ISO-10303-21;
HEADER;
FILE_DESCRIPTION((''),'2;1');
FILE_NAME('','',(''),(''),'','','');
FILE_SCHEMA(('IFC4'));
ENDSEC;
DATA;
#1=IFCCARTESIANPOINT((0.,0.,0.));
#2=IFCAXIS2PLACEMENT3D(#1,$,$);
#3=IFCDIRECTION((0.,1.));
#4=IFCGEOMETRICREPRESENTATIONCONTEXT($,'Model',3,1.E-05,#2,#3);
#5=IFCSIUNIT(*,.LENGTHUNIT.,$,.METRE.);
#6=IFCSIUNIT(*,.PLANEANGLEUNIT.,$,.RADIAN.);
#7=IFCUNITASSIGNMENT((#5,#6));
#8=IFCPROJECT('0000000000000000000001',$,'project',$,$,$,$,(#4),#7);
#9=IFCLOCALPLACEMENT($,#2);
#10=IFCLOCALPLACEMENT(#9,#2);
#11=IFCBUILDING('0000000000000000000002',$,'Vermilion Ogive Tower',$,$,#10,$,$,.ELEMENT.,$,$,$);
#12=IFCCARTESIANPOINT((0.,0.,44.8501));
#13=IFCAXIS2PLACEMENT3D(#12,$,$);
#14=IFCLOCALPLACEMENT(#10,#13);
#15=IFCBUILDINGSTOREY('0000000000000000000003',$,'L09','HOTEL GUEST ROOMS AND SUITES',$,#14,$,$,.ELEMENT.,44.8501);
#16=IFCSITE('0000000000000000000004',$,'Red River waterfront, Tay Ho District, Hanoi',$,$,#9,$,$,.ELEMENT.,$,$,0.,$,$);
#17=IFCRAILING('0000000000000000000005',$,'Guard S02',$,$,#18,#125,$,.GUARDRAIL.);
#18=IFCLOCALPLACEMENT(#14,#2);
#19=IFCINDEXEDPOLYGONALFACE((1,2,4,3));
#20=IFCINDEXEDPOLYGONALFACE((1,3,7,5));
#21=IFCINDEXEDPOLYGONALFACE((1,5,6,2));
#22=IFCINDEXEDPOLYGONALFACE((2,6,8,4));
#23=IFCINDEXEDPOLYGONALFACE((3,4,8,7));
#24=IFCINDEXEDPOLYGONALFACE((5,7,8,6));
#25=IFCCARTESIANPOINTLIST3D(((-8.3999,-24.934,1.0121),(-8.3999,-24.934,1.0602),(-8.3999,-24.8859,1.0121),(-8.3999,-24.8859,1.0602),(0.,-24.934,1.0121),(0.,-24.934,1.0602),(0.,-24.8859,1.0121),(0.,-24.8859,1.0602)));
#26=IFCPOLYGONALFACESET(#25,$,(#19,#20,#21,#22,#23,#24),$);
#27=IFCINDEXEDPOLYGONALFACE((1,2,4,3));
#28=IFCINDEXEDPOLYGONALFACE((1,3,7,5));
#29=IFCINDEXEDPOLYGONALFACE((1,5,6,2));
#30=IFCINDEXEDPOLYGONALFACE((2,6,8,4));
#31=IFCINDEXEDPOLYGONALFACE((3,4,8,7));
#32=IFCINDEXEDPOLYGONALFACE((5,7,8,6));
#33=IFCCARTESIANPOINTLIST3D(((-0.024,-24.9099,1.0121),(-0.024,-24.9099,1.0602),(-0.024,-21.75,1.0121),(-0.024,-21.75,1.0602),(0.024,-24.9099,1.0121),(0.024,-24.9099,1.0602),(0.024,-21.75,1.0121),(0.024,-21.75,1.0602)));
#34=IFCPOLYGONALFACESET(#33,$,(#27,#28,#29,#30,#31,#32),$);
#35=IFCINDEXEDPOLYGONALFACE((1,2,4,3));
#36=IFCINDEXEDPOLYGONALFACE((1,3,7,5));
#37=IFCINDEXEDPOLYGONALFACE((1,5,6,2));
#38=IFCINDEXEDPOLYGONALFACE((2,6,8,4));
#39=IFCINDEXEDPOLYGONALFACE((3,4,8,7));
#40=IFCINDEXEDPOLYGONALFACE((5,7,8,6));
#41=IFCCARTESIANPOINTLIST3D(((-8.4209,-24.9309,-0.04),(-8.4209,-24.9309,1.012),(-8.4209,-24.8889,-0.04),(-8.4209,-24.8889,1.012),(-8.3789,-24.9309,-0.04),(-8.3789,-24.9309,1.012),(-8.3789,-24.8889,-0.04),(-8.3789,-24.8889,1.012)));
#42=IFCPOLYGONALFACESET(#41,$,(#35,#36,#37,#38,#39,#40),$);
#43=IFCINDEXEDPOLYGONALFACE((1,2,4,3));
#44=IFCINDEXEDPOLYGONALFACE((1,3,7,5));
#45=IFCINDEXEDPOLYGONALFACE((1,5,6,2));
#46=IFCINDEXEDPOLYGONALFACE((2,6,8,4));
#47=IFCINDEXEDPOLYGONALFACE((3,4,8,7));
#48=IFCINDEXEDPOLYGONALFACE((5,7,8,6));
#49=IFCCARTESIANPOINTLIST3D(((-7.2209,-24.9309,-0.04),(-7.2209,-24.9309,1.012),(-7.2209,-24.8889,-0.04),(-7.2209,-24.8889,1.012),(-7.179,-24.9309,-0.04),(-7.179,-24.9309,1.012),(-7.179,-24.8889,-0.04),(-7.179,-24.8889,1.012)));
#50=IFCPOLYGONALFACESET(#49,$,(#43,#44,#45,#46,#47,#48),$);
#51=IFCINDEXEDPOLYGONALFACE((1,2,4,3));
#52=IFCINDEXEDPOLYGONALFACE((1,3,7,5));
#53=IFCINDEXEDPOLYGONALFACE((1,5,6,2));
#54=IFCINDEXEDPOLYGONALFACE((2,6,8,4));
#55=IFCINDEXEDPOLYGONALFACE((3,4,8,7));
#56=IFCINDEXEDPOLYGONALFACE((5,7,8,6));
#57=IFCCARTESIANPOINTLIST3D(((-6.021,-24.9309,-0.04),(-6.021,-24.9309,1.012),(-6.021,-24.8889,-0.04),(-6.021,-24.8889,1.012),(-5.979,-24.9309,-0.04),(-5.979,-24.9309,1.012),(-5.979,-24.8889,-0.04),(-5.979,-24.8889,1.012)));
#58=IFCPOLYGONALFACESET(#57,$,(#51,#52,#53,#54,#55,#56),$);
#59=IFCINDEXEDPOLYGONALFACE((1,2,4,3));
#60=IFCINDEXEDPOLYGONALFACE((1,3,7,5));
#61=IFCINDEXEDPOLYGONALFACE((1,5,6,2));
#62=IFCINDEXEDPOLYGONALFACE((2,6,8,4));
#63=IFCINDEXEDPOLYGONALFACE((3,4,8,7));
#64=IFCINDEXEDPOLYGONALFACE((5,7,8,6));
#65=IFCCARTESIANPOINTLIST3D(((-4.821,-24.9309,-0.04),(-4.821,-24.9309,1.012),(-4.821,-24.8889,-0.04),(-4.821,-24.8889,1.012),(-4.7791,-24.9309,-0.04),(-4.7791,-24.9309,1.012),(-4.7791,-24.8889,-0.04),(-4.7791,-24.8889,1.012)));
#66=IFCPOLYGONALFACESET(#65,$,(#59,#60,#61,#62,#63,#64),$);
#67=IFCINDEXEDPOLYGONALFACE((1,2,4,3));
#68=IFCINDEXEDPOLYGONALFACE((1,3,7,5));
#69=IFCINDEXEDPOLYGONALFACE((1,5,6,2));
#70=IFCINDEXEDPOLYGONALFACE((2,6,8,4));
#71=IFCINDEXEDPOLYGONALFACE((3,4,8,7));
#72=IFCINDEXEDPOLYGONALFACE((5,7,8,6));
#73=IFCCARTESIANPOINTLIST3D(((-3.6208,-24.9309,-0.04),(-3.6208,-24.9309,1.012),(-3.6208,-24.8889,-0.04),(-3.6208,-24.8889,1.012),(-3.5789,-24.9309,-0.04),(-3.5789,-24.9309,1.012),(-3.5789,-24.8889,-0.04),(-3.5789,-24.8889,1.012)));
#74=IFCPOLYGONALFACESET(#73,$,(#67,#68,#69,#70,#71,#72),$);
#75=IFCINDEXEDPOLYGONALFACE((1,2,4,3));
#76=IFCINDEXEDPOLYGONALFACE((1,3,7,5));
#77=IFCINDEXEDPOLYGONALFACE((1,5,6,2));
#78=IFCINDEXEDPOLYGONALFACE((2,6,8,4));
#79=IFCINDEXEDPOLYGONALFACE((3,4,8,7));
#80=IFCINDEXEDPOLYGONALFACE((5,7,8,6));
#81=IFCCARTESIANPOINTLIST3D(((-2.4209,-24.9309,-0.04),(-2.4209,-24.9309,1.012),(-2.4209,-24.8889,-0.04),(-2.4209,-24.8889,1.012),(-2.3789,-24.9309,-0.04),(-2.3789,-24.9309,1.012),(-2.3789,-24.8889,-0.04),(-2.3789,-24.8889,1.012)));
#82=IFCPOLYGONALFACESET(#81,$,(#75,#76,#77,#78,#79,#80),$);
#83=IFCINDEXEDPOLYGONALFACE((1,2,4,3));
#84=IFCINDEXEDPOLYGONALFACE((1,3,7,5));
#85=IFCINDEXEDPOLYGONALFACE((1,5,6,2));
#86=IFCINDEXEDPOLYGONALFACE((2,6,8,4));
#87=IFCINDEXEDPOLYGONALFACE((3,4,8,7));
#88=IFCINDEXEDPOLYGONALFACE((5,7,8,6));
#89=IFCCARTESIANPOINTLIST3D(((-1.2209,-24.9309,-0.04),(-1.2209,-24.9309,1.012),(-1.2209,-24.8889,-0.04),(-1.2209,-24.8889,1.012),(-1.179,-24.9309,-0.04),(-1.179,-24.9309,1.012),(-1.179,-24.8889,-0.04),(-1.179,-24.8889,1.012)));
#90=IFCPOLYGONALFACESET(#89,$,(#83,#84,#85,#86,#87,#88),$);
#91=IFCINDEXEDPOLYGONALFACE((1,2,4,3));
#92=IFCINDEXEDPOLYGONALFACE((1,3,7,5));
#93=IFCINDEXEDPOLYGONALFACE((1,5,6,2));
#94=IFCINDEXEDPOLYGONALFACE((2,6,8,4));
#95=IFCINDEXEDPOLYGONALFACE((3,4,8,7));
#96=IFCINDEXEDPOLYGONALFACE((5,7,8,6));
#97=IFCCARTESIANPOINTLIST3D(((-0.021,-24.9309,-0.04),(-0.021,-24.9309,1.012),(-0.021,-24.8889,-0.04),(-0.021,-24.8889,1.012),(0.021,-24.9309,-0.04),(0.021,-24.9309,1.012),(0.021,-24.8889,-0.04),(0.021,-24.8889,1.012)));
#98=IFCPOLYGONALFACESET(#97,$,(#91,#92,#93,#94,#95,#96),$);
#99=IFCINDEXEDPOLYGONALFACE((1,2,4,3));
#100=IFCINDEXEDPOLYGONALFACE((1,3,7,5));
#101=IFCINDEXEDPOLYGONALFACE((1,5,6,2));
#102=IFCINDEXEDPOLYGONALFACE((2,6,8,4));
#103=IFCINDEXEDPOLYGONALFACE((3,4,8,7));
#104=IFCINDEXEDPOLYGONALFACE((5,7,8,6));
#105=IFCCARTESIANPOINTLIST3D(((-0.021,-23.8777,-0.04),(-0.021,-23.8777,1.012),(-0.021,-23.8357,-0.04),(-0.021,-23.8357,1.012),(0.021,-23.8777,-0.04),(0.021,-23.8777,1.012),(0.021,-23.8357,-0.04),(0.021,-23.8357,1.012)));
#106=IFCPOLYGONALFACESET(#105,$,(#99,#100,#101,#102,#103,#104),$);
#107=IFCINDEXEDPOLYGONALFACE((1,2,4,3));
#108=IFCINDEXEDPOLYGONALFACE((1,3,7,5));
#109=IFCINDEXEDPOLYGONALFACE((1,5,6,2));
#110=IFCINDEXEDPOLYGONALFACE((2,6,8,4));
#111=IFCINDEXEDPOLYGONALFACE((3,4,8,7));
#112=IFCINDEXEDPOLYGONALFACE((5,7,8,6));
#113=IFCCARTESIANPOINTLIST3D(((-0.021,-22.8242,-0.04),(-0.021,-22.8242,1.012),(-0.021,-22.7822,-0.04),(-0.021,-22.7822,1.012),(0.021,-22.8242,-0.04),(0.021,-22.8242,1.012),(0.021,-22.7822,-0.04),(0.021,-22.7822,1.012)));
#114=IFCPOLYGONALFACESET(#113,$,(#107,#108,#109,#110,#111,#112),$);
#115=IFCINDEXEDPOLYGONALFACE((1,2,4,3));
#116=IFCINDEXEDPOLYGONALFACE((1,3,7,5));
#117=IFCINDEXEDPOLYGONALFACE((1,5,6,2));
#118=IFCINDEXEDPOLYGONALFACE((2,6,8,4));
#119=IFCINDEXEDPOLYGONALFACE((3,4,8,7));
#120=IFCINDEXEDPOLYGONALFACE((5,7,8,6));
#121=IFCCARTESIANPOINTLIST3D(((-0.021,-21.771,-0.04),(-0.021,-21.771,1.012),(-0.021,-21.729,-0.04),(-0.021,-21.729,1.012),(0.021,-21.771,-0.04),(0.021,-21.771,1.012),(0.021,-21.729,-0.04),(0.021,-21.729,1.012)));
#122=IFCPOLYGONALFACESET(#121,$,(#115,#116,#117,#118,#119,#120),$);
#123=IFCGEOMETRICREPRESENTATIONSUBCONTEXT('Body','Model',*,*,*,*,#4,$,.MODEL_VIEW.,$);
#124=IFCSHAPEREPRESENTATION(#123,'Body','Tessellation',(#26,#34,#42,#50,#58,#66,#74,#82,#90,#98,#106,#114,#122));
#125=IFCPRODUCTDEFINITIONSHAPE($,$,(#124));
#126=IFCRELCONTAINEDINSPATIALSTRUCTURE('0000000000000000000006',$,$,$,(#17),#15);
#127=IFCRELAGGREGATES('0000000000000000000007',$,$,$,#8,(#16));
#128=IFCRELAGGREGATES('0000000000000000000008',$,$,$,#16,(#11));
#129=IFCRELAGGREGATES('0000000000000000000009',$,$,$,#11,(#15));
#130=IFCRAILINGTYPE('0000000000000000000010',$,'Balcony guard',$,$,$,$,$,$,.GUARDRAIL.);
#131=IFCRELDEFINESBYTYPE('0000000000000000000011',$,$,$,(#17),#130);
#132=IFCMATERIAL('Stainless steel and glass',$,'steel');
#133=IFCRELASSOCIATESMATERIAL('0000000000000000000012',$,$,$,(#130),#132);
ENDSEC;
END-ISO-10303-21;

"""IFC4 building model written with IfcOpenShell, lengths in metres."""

from ifc_helpers import new_model, si_unit, direction, frame, origin, origin_2d, place, context, subcontext, project, spatial, rectangle, extrude, material, type_object, element, save


model = new_model("IFC4")

# Units and contexts
model_context = context("Model", 3, precision=1e-05, world=origin(), true_north=direction((0.0, 1.0)))
body_context = subcontext(model_context, "Body", "Model", "MODEL_VIEW")
ifc_project = project(units=[si_unit("LENGTHUNIT", "METRE"), si_unit("PLANEANGLEUNIT", "RADIAN")], contexts=[model_context])

# Site, building, storey
site_placement = place(None, origin())
site = spatial("IfcSite", under=ifc_project, at=site_placement, Name="Red River waterfront, Tay Ho District, Hanoi", CompositionType="ELEMENT", RefElevation=0.0)
building_placement = place(site_placement, origin())
building = spatial("IfcBuilding", under=site, at=building_placement, Name="Vermilion Ogive Tower", CompositionType="ELEMENT")
storey_placement = place(building_placement, frame((0.0, 0.0, 44.8501)))
storey = spatial("IfcBuildingStorey", under=building, at=storey_placement, Name="L09", Description="HOTEL GUEST ROOMS AND SUITES", CompositionType="ELEMENT", Elevation=44.8501)

# Railing
ifc_material_1 = material(Name="Stainless steel and glass", Category="steel")
railing_type_1 = type_object("IfcRailingType", Name="Balcony guard", PredefinedType="GUARDRAIL", material=ifc_material_1)
railing_1_placement = place(storey_placement, frame((-8.3999, -24.9099, -0.04)))
element("IfcRailing", 1, at=railing_1_placement, inside=storey, type_object=railing_type_1, Name="Guard S02", PredefinedType="GUARDRAIL", context=body_context, shape_type="SweptSolid", body=[
    extrude(rectangle(XDim=0.0481, YDim=0.0481, at=origin_2d()), frame((0.0, 0.0, 1.0762), z_axis=(1.0, 0.0, 0.0), x_axis=(0.0, 1.0, 0.0)), (0.0, 0.0, 1.0), 8.3999),
    extrude(rectangle(XDim=0.0481, YDim=0.0481, at=origin_2d()), frame((8.3999, 0.0, 1.0762), z_axis=(0.0, 1.0, 0.0), x_axis=(-1.0, 0.0, 0.0)), (0.0, 0.0, 1.0), 3.1599),
    extrude(rectangle(XDim=0.042, YDim=0.042, at=origin_2d()), origin(), (0.0, 0.0, 1.0), 1.052),
    extrude(rectangle(XDim=0.042, YDim=0.042, at=origin_2d()), frame((1.2, 0.0, 0.0)), (0.0, 0.0, 1.0), 1.052),
    extrude(rectangle(XDim=0.042, YDim=0.042, at=origin_2d()), frame((2.3999, 0.0, 0.0)), (0.0, 0.0, 1.0), 1.052),
    extrude(rectangle(XDim=0.042, YDim=0.042, at=origin_2d()), frame((3.5999, 0.0, 0.0)), (0.0, 0.0, 1.0), 1.052),
    extrude(rectangle(XDim=0.042, YDim=0.042, at=origin_2d()), frame((4.8, 0.0, 0.0)), (0.0, 0.0, 1.0), 1.052),
    extrude(rectangle(XDim=0.042, YDim=0.042, at=origin_2d()), frame((6.0, 0.0, 0.0)), (0.0, 0.0, 1.0), 1.052),
    extrude(rectangle(XDim=0.042, YDim=0.042, at=origin_2d()), frame((7.2, 0.0, 0.0)), (0.0, 0.0, 1.0), 1.052),
    extrude(rectangle(XDim=0.042, YDim=0.042, at=origin_2d()), frame((8.3999, 0.0, 0.0)), (0.0, 0.0, 1.0), 1.052),
    extrude(rectangle(XDim=0.042, YDim=0.042, at=origin_2d()), frame((8.3999, 1.0532, 0.0)), (0.0, 0.0, 1.0), 1.052),
    extrude(rectangle(XDim=0.042, YDim=0.042, at=origin_2d()), frame((8.3999, 2.1067, 0.0)), (0.0, 0.0, 1.0), 1.052),
    extrude(rectangle(XDim=0.042, YDim=0.042, at=origin_2d()), frame((8.3999, 3.1599, 0.0)), (0.0, 0.0, 1.0), 1.052),
])

save(model, "model.ifc")
